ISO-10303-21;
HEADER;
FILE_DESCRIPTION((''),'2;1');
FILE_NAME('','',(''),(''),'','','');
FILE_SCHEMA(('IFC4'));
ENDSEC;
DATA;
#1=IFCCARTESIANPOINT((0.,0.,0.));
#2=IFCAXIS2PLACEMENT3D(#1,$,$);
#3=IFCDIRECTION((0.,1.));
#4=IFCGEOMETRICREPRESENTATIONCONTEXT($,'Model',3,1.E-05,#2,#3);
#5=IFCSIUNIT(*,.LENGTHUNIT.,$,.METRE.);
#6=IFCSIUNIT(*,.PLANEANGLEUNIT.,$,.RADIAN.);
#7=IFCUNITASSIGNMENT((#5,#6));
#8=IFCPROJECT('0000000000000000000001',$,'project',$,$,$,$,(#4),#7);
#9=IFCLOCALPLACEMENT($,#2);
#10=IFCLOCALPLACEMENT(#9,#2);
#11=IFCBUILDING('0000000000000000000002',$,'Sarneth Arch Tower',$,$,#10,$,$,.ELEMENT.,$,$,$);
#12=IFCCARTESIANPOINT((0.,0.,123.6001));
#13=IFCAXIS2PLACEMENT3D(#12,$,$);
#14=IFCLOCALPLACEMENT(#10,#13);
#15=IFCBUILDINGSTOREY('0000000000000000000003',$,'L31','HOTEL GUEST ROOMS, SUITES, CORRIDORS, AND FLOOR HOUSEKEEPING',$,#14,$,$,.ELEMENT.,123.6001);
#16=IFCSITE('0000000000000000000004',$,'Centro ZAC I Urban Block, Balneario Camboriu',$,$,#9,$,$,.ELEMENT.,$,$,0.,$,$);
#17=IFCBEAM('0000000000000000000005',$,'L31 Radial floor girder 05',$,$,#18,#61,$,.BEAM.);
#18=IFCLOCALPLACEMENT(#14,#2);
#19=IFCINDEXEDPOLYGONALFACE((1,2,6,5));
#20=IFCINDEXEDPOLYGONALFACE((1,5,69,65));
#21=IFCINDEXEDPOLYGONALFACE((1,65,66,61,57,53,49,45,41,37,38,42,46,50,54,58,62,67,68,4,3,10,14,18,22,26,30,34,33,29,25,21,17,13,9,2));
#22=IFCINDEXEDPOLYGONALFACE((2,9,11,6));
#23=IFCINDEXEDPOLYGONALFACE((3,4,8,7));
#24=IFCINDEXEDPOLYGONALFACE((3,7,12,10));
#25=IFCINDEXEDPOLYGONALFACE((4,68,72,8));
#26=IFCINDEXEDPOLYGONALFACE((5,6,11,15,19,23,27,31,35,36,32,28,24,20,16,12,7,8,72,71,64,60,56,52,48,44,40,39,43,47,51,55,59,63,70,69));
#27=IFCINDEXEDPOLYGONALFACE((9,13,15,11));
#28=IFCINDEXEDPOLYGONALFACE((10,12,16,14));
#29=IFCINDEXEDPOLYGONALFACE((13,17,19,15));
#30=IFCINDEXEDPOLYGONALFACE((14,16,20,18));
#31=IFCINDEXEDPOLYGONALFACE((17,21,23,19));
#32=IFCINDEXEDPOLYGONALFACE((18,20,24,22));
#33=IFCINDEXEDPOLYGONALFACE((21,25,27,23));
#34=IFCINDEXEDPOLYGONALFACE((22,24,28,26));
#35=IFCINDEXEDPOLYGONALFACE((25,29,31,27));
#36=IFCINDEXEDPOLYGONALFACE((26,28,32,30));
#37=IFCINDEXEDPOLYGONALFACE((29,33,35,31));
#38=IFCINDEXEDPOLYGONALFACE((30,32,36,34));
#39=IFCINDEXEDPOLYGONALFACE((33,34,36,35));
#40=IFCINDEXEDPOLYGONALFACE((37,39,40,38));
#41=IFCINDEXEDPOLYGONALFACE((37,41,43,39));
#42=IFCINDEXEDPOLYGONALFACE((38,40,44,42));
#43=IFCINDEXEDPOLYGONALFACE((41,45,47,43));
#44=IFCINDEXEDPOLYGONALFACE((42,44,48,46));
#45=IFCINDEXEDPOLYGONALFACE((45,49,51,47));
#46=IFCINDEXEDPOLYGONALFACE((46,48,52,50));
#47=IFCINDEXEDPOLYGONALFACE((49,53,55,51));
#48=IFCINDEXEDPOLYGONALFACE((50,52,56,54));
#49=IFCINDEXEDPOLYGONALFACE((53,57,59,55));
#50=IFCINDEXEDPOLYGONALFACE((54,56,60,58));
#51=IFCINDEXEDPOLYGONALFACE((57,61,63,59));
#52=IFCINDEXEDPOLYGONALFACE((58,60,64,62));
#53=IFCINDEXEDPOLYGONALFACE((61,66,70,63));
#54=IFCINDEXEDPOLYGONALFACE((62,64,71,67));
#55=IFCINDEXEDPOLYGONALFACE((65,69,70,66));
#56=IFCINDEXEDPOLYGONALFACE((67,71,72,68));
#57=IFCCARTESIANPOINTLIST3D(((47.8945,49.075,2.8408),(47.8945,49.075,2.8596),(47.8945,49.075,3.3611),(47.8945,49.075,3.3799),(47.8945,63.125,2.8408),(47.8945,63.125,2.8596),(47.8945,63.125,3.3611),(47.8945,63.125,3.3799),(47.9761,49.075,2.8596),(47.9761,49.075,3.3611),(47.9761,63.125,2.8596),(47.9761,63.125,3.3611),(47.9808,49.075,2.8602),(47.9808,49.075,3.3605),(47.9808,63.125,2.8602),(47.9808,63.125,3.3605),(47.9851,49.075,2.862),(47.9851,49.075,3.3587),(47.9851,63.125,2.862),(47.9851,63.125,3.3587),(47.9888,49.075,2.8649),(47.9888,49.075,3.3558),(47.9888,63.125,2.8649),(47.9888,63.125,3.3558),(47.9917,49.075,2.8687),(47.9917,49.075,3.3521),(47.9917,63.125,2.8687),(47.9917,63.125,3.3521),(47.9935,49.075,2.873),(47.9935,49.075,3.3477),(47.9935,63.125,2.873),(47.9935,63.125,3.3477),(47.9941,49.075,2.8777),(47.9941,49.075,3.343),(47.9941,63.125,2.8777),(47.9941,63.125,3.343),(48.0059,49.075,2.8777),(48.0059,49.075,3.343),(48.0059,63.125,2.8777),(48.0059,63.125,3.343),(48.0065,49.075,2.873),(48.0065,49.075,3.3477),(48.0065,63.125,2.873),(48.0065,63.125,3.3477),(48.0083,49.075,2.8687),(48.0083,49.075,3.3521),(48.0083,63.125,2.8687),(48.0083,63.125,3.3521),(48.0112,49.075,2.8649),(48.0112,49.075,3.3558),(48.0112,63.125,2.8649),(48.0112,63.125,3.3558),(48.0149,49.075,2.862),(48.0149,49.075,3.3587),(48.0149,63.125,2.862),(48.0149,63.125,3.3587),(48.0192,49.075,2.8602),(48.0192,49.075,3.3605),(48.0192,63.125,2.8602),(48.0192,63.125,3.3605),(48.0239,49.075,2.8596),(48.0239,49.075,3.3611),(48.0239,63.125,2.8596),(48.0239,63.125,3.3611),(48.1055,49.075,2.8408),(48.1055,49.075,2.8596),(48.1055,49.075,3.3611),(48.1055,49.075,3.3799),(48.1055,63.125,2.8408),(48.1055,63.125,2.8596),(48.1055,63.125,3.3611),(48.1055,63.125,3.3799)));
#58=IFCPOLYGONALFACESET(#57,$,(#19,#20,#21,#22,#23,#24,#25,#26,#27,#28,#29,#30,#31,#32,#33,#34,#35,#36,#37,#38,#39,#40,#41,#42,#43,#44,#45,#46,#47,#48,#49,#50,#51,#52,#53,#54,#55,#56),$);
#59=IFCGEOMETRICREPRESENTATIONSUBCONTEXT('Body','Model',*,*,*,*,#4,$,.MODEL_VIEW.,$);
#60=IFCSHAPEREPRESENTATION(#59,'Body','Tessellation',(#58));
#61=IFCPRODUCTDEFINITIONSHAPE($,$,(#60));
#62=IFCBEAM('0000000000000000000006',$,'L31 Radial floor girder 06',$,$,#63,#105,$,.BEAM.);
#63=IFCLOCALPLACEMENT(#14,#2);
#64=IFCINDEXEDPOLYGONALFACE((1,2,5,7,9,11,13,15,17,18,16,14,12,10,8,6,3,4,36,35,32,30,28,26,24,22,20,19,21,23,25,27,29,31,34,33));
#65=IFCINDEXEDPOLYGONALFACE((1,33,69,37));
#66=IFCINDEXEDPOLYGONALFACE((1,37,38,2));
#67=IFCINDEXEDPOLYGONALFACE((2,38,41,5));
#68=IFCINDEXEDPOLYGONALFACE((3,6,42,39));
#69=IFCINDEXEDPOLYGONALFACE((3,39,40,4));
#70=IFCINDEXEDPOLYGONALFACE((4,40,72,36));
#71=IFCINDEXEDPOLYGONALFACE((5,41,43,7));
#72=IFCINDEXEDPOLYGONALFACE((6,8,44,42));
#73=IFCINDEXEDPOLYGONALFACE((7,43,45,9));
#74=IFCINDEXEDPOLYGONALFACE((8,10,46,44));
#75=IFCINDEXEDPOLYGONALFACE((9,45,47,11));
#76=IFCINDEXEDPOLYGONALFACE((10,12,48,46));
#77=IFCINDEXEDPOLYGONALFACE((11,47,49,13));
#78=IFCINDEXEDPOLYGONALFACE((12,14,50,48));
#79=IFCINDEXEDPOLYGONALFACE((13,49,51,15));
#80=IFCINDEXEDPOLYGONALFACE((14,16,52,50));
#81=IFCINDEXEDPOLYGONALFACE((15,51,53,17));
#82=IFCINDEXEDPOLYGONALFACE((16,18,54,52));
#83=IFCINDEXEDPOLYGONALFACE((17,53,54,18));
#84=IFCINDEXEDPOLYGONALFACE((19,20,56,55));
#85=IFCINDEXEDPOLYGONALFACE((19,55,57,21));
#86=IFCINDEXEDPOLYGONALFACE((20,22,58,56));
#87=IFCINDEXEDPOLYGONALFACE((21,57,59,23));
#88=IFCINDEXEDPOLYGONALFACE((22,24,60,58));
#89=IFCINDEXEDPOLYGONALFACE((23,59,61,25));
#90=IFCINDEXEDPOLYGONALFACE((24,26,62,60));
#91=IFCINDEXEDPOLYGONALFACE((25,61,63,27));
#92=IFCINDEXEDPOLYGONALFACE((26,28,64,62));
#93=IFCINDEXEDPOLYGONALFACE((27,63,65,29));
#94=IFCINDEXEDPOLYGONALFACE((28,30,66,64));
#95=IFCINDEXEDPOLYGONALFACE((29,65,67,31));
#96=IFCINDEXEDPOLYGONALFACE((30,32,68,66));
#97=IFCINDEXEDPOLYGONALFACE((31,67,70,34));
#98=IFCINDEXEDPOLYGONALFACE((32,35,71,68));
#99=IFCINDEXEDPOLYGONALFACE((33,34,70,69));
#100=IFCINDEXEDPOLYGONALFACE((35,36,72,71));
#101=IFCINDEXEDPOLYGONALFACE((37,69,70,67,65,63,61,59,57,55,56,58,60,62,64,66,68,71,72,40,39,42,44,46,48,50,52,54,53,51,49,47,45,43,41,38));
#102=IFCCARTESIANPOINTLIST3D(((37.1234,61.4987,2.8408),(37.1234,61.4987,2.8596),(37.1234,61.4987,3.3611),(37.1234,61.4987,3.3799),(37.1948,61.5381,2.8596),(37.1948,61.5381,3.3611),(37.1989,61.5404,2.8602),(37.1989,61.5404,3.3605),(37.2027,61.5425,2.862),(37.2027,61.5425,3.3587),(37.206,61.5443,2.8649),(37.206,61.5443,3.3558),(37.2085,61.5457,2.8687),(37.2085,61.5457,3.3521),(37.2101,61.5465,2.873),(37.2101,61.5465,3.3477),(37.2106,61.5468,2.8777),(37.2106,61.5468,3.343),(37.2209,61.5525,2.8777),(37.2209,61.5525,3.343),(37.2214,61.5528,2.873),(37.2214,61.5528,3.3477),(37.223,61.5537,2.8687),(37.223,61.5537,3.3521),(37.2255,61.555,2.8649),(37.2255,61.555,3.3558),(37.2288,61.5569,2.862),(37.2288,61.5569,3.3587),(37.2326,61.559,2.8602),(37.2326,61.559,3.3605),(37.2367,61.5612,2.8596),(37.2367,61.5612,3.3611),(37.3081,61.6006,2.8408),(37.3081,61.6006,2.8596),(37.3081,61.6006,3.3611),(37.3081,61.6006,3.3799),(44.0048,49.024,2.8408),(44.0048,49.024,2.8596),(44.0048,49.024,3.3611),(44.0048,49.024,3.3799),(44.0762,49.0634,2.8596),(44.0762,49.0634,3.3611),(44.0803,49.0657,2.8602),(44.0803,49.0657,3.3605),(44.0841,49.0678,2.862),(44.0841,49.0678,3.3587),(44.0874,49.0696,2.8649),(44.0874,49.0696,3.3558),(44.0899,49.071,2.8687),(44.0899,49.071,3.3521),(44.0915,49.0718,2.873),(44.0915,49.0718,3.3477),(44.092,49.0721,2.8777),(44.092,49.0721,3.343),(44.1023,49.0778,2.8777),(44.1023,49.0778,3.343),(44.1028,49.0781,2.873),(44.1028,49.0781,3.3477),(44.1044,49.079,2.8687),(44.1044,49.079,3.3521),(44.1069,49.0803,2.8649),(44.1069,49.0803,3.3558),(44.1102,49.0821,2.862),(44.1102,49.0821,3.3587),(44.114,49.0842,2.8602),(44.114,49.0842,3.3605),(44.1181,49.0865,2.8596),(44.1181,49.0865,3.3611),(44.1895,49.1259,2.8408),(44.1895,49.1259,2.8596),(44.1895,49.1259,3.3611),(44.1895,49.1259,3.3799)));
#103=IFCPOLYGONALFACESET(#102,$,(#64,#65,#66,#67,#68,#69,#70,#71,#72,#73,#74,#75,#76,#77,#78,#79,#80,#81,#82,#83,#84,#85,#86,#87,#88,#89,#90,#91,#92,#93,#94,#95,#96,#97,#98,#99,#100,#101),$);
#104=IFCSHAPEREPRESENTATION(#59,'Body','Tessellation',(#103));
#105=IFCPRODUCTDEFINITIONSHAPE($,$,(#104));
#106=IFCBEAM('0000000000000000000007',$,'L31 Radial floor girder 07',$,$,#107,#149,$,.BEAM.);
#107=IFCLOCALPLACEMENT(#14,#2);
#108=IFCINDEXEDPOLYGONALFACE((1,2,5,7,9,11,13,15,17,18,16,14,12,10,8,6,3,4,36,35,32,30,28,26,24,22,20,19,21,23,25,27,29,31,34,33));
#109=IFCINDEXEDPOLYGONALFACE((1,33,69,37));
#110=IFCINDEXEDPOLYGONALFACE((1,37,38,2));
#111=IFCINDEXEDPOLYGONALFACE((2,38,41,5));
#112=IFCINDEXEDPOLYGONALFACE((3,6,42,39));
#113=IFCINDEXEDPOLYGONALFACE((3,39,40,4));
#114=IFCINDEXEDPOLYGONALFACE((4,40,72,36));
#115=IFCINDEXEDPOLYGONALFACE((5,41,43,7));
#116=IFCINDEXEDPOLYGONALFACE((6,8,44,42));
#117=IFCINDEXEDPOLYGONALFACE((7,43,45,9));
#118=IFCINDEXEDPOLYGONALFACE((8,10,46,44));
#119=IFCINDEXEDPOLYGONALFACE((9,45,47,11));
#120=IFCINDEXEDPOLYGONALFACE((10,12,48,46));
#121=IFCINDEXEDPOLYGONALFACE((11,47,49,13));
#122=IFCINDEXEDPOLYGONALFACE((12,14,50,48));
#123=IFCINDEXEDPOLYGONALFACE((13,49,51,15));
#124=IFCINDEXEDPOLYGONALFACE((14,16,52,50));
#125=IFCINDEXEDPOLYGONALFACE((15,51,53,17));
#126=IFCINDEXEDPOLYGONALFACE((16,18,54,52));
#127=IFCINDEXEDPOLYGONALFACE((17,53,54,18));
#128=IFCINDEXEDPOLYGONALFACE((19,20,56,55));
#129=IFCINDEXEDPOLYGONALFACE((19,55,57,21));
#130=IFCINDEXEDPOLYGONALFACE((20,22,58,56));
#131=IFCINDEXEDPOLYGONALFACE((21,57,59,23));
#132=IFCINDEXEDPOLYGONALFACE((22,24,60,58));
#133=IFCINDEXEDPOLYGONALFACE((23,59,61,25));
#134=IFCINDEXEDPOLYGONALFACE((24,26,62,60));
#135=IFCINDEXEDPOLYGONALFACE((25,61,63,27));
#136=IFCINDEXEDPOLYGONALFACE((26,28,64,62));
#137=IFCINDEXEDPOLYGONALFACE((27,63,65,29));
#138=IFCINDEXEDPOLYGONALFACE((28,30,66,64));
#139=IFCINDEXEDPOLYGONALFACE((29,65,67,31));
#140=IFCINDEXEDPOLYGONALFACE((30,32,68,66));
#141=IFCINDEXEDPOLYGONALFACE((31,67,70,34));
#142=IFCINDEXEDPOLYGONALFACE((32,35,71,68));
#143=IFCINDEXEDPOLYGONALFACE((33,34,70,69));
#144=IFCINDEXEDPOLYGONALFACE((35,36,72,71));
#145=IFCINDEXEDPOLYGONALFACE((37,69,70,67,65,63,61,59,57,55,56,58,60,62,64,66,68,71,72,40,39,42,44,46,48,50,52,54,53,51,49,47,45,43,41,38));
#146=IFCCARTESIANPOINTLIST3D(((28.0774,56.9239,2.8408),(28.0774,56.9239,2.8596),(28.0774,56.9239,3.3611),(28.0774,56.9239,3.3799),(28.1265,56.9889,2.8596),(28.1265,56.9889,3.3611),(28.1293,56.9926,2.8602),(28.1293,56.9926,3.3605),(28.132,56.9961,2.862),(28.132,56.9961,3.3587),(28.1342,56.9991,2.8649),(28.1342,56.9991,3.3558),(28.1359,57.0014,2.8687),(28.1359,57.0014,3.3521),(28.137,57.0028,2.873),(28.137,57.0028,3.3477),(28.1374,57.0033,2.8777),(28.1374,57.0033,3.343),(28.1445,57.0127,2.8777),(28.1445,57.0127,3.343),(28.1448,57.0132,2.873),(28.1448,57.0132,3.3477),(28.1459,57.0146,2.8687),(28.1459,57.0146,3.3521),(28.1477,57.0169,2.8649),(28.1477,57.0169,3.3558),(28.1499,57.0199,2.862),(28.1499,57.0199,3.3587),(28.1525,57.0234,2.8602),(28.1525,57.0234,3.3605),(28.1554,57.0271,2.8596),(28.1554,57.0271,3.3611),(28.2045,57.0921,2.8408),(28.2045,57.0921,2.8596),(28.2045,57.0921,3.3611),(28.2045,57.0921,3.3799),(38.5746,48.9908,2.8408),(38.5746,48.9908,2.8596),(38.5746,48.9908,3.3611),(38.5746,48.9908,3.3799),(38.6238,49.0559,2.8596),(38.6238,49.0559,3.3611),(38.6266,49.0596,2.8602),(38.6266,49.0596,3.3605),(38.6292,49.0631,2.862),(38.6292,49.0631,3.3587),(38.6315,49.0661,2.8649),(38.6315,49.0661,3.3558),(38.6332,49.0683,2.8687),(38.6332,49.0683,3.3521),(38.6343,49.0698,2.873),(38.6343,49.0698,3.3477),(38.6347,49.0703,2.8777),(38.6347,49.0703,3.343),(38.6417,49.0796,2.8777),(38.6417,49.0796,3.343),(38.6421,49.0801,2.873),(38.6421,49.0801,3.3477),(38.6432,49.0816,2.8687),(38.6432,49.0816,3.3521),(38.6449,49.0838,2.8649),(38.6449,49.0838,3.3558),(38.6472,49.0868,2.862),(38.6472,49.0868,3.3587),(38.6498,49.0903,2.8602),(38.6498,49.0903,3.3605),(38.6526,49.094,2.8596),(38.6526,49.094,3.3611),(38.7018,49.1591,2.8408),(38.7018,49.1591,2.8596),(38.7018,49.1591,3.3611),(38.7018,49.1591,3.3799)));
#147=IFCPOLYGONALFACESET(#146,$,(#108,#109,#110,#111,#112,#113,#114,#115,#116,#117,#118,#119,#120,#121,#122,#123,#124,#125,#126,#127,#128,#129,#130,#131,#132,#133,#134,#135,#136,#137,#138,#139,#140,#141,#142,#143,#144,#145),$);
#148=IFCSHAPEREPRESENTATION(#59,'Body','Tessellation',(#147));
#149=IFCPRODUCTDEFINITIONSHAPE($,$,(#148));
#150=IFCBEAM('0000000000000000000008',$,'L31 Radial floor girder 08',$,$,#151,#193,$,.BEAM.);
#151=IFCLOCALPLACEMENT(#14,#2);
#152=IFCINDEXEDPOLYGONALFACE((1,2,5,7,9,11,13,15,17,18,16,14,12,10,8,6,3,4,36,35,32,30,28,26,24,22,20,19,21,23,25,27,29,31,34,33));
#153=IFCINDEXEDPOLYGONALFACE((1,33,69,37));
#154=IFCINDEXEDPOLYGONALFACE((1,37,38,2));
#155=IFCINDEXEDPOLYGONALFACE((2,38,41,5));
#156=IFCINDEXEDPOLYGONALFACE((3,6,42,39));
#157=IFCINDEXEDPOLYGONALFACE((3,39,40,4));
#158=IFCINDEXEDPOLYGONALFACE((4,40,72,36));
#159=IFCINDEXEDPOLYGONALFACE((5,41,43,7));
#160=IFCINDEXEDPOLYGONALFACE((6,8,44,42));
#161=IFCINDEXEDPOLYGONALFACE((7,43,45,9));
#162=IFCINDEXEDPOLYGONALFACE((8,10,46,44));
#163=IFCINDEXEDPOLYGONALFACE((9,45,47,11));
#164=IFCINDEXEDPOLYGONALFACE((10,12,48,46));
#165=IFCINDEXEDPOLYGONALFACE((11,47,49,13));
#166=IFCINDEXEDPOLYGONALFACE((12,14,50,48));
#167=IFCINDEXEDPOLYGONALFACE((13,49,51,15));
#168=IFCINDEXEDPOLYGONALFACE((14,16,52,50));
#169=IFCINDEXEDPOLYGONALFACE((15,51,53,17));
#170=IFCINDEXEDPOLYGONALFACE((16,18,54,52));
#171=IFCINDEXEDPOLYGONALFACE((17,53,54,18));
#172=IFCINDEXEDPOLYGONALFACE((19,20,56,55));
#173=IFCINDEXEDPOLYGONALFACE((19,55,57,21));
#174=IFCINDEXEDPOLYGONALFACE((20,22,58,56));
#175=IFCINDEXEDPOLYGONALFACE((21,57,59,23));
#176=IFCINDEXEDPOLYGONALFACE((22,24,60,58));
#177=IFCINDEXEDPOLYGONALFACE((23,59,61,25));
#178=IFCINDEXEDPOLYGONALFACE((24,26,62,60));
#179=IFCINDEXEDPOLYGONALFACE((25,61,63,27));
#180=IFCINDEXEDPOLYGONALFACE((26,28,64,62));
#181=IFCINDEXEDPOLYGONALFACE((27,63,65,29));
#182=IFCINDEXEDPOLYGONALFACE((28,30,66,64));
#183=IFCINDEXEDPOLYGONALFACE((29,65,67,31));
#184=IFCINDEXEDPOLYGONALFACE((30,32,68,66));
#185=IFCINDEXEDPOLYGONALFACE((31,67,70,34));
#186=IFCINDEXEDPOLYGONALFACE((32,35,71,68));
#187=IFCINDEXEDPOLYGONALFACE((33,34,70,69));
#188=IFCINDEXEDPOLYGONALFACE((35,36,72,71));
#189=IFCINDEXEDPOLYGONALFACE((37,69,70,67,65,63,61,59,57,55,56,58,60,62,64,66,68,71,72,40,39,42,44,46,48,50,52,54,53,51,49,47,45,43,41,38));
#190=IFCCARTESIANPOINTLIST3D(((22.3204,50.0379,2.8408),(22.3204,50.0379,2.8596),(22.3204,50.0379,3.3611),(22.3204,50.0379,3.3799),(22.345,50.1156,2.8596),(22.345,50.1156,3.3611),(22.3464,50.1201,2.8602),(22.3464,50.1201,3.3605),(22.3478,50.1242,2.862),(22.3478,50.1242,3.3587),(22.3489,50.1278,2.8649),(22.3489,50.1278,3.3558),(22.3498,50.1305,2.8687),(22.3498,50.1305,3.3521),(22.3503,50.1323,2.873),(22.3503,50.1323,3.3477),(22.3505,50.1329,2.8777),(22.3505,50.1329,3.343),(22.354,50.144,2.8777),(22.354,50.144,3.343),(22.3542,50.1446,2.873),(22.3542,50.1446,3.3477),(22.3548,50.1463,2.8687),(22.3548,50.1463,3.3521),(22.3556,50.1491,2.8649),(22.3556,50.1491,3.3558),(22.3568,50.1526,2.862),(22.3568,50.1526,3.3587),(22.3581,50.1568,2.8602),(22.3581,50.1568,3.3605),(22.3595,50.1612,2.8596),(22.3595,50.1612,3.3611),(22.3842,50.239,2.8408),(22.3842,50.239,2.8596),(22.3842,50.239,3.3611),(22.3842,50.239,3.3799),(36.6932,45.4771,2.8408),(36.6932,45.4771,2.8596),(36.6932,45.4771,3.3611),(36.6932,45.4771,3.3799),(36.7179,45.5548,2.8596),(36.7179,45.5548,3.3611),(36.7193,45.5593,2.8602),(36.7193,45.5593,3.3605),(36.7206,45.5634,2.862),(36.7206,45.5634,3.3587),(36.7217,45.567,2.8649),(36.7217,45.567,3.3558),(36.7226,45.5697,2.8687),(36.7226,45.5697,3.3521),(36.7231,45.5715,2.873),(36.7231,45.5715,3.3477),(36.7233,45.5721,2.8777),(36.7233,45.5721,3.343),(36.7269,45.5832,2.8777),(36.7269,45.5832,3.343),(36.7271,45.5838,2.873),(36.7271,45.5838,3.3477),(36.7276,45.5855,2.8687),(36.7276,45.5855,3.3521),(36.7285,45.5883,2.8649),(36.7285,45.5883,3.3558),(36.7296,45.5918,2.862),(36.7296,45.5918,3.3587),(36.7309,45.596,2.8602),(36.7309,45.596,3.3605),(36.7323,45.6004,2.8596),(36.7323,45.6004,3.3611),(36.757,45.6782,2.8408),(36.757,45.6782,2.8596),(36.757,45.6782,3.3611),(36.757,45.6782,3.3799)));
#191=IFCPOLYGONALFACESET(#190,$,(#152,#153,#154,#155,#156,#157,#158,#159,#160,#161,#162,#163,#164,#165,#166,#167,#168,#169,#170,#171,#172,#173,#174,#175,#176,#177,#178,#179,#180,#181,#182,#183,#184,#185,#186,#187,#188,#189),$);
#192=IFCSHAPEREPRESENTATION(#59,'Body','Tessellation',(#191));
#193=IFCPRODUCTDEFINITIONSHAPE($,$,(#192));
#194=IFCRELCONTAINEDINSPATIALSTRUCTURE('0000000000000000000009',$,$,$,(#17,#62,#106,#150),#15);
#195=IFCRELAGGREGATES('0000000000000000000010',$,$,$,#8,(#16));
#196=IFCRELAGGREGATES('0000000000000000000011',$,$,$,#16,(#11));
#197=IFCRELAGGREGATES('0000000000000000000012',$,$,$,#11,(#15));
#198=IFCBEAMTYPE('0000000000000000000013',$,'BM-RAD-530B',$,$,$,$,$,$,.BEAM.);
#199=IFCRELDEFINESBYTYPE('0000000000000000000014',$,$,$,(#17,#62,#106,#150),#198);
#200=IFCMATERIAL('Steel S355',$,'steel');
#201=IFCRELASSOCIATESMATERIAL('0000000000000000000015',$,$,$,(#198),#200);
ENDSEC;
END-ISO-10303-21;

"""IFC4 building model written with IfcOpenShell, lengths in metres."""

from ifc_helpers import new_model, si_unit, direction, frame, origin, origin_2d, place, context, subcontext, project, spatial, i_section, extrude, material, material_profile, profile_set, type_object, element, save


model = new_model("IFC4")

# Units and contexts
model_context = context("Model", 3, precision=1e-05, world=origin(), true_north=direction((0.0, 1.0)))
body_context = subcontext(model_context, "Body", "Model", "MODEL_VIEW")
ifc_project = project(units=[si_unit("LENGTHUNIT", "METRE"), si_unit("PLANEANGLEUNIT", "RADIAN")], contexts=[model_context])

# Site, building, storey
site_placement = place(None, origin())
site = spatial("IfcSite", under=ifc_project, at=site_placement, Name="Centro ZAC I Urban Block, Balneario Camboriu", CompositionType="ELEMENT", RefElevation=0.0)
building_placement = place(site_placement, origin())
building = spatial("IfcBuilding", under=site, at=building_placement, Name="Sarneth Arch Tower", CompositionType="ELEMENT")
storey_placement = place(building_placement, frame((0.0, 0.0, 123.6001)))
storey = spatial("IfcBuildingStorey", under=building, at=storey_placement, Name="L31", Description="HOTEL GUEST ROOMS, SUITES, CORRIDORS, AND FLOOR HOUSEKEEPING", CompositionType="ELEMENT", Elevation=123.6001)

# Beams
ifc_material_1 = material(Name="Steel S355", Category="steel")
ifc_material_profile = material_profile(ifc_material_1, i_section(OverallWidth=0.2109, OverallDepth=0.5391, WebThickness=0.0117, FlangeThickness=0.0188, FilletRadius=0.0181, at=origin_2d()), Name="W530x109")
ifc_profile_set = profile_set([ifc_material_profile], Name="Steel S355")
beam_type = type_object("IfcBeamType", Name="BM-RAD-530B", PredefinedType="BEAM", material=ifc_profile_set)
beam_1_placement = place(storey_placement, frame((48.0, 49.075, 3.1104), z_axis=(0.0, 1.0, 0.0), x_axis=(-1.0, 0.0, 0.0)))
element("IfcBeam", 1, at=beam_1_placement, inside=storey, type_object=beam_type, Name="L31 Radial floor girder 05", PredefinedType="BEAM", context=body_context, shape_type="SweptSolid", body=[
    extrude(i_section(OverallWidth=0.2109, OverallDepth=0.5391, WebThickness=0.0117, FlangeThickness=0.0188, FilletRadius=0.0181, at=origin_2d()), origin(), (0.0, 0.0, 1.0), 14.05),
])
beam_2_placement = place(storey_placement, frame((44.0972, 49.075, 3.1104), z_axis=(-0.483013, 0.875613, 0.0), x_axis=(-0.875613, -0.483013, 0.0)))
element("IfcBeam", 2, at=beam_2_placement, inside=storey, type_object=beam_type, Name="L31 Radial floor girder 06", PredefinedType="BEAM", context=body_context, shape_type="SweptSolid", body=[
    extrude(i_section(OverallWidth=0.2109, OverallDepth=0.5391, WebThickness=0.0117, FlangeThickness=0.0188, FilletRadius=0.0181, at=origin_2d()), origin(), (0.0, 0.0, 1.0), 14.2468),
])
beam_3_placement = place(storey_placement, frame((38.6382, 49.075, 3.1104), z_axis=(-0.797801, 0.60292, 0.0), x_axis=(-0.60292, -0.797801, 0.0)))
element("IfcBeam", 3, at=beam_3_placement, inside=storey, type_object=beam_type, Name="L31 Radial floor girder 07", PredefinedType="BEAM", context=body_context, shape_type="SweptSolid", body=[
    extrude(i_section(OverallWidth=0.2109, OverallDepth=0.5391, WebThickness=0.0117, FlangeThickness=0.0188, FilletRadius=0.0181, at=origin_2d()), origin(), (0.0, 0.0, 1.0), 13.1577),
])
beam_4_placement = place(storey_placement, frame((36.7251, 45.5776, 3.1104), z_axis=(-0.953163, 0.302458, 0.0), x_axis=(-0.302458, -0.953163, 0.0)))
element("IfcBeam", 4, at=beam_4_placement, inside=storey, type_object=beam_type, Name="L31 Radial floor girder 08", PredefinedType="BEAM", context=body_context, shape_type="SweptSolid", body=[
    extrude(i_section(OverallWidth=0.2109, OverallDepth=0.5391, WebThickness=0.0117, FlangeThickness=0.0188, FilletRadius=0.0181, at=origin_2d()), origin(), (0.0, 0.0, 1.0), 15.0791),
])

save(model, "model.ifc")
